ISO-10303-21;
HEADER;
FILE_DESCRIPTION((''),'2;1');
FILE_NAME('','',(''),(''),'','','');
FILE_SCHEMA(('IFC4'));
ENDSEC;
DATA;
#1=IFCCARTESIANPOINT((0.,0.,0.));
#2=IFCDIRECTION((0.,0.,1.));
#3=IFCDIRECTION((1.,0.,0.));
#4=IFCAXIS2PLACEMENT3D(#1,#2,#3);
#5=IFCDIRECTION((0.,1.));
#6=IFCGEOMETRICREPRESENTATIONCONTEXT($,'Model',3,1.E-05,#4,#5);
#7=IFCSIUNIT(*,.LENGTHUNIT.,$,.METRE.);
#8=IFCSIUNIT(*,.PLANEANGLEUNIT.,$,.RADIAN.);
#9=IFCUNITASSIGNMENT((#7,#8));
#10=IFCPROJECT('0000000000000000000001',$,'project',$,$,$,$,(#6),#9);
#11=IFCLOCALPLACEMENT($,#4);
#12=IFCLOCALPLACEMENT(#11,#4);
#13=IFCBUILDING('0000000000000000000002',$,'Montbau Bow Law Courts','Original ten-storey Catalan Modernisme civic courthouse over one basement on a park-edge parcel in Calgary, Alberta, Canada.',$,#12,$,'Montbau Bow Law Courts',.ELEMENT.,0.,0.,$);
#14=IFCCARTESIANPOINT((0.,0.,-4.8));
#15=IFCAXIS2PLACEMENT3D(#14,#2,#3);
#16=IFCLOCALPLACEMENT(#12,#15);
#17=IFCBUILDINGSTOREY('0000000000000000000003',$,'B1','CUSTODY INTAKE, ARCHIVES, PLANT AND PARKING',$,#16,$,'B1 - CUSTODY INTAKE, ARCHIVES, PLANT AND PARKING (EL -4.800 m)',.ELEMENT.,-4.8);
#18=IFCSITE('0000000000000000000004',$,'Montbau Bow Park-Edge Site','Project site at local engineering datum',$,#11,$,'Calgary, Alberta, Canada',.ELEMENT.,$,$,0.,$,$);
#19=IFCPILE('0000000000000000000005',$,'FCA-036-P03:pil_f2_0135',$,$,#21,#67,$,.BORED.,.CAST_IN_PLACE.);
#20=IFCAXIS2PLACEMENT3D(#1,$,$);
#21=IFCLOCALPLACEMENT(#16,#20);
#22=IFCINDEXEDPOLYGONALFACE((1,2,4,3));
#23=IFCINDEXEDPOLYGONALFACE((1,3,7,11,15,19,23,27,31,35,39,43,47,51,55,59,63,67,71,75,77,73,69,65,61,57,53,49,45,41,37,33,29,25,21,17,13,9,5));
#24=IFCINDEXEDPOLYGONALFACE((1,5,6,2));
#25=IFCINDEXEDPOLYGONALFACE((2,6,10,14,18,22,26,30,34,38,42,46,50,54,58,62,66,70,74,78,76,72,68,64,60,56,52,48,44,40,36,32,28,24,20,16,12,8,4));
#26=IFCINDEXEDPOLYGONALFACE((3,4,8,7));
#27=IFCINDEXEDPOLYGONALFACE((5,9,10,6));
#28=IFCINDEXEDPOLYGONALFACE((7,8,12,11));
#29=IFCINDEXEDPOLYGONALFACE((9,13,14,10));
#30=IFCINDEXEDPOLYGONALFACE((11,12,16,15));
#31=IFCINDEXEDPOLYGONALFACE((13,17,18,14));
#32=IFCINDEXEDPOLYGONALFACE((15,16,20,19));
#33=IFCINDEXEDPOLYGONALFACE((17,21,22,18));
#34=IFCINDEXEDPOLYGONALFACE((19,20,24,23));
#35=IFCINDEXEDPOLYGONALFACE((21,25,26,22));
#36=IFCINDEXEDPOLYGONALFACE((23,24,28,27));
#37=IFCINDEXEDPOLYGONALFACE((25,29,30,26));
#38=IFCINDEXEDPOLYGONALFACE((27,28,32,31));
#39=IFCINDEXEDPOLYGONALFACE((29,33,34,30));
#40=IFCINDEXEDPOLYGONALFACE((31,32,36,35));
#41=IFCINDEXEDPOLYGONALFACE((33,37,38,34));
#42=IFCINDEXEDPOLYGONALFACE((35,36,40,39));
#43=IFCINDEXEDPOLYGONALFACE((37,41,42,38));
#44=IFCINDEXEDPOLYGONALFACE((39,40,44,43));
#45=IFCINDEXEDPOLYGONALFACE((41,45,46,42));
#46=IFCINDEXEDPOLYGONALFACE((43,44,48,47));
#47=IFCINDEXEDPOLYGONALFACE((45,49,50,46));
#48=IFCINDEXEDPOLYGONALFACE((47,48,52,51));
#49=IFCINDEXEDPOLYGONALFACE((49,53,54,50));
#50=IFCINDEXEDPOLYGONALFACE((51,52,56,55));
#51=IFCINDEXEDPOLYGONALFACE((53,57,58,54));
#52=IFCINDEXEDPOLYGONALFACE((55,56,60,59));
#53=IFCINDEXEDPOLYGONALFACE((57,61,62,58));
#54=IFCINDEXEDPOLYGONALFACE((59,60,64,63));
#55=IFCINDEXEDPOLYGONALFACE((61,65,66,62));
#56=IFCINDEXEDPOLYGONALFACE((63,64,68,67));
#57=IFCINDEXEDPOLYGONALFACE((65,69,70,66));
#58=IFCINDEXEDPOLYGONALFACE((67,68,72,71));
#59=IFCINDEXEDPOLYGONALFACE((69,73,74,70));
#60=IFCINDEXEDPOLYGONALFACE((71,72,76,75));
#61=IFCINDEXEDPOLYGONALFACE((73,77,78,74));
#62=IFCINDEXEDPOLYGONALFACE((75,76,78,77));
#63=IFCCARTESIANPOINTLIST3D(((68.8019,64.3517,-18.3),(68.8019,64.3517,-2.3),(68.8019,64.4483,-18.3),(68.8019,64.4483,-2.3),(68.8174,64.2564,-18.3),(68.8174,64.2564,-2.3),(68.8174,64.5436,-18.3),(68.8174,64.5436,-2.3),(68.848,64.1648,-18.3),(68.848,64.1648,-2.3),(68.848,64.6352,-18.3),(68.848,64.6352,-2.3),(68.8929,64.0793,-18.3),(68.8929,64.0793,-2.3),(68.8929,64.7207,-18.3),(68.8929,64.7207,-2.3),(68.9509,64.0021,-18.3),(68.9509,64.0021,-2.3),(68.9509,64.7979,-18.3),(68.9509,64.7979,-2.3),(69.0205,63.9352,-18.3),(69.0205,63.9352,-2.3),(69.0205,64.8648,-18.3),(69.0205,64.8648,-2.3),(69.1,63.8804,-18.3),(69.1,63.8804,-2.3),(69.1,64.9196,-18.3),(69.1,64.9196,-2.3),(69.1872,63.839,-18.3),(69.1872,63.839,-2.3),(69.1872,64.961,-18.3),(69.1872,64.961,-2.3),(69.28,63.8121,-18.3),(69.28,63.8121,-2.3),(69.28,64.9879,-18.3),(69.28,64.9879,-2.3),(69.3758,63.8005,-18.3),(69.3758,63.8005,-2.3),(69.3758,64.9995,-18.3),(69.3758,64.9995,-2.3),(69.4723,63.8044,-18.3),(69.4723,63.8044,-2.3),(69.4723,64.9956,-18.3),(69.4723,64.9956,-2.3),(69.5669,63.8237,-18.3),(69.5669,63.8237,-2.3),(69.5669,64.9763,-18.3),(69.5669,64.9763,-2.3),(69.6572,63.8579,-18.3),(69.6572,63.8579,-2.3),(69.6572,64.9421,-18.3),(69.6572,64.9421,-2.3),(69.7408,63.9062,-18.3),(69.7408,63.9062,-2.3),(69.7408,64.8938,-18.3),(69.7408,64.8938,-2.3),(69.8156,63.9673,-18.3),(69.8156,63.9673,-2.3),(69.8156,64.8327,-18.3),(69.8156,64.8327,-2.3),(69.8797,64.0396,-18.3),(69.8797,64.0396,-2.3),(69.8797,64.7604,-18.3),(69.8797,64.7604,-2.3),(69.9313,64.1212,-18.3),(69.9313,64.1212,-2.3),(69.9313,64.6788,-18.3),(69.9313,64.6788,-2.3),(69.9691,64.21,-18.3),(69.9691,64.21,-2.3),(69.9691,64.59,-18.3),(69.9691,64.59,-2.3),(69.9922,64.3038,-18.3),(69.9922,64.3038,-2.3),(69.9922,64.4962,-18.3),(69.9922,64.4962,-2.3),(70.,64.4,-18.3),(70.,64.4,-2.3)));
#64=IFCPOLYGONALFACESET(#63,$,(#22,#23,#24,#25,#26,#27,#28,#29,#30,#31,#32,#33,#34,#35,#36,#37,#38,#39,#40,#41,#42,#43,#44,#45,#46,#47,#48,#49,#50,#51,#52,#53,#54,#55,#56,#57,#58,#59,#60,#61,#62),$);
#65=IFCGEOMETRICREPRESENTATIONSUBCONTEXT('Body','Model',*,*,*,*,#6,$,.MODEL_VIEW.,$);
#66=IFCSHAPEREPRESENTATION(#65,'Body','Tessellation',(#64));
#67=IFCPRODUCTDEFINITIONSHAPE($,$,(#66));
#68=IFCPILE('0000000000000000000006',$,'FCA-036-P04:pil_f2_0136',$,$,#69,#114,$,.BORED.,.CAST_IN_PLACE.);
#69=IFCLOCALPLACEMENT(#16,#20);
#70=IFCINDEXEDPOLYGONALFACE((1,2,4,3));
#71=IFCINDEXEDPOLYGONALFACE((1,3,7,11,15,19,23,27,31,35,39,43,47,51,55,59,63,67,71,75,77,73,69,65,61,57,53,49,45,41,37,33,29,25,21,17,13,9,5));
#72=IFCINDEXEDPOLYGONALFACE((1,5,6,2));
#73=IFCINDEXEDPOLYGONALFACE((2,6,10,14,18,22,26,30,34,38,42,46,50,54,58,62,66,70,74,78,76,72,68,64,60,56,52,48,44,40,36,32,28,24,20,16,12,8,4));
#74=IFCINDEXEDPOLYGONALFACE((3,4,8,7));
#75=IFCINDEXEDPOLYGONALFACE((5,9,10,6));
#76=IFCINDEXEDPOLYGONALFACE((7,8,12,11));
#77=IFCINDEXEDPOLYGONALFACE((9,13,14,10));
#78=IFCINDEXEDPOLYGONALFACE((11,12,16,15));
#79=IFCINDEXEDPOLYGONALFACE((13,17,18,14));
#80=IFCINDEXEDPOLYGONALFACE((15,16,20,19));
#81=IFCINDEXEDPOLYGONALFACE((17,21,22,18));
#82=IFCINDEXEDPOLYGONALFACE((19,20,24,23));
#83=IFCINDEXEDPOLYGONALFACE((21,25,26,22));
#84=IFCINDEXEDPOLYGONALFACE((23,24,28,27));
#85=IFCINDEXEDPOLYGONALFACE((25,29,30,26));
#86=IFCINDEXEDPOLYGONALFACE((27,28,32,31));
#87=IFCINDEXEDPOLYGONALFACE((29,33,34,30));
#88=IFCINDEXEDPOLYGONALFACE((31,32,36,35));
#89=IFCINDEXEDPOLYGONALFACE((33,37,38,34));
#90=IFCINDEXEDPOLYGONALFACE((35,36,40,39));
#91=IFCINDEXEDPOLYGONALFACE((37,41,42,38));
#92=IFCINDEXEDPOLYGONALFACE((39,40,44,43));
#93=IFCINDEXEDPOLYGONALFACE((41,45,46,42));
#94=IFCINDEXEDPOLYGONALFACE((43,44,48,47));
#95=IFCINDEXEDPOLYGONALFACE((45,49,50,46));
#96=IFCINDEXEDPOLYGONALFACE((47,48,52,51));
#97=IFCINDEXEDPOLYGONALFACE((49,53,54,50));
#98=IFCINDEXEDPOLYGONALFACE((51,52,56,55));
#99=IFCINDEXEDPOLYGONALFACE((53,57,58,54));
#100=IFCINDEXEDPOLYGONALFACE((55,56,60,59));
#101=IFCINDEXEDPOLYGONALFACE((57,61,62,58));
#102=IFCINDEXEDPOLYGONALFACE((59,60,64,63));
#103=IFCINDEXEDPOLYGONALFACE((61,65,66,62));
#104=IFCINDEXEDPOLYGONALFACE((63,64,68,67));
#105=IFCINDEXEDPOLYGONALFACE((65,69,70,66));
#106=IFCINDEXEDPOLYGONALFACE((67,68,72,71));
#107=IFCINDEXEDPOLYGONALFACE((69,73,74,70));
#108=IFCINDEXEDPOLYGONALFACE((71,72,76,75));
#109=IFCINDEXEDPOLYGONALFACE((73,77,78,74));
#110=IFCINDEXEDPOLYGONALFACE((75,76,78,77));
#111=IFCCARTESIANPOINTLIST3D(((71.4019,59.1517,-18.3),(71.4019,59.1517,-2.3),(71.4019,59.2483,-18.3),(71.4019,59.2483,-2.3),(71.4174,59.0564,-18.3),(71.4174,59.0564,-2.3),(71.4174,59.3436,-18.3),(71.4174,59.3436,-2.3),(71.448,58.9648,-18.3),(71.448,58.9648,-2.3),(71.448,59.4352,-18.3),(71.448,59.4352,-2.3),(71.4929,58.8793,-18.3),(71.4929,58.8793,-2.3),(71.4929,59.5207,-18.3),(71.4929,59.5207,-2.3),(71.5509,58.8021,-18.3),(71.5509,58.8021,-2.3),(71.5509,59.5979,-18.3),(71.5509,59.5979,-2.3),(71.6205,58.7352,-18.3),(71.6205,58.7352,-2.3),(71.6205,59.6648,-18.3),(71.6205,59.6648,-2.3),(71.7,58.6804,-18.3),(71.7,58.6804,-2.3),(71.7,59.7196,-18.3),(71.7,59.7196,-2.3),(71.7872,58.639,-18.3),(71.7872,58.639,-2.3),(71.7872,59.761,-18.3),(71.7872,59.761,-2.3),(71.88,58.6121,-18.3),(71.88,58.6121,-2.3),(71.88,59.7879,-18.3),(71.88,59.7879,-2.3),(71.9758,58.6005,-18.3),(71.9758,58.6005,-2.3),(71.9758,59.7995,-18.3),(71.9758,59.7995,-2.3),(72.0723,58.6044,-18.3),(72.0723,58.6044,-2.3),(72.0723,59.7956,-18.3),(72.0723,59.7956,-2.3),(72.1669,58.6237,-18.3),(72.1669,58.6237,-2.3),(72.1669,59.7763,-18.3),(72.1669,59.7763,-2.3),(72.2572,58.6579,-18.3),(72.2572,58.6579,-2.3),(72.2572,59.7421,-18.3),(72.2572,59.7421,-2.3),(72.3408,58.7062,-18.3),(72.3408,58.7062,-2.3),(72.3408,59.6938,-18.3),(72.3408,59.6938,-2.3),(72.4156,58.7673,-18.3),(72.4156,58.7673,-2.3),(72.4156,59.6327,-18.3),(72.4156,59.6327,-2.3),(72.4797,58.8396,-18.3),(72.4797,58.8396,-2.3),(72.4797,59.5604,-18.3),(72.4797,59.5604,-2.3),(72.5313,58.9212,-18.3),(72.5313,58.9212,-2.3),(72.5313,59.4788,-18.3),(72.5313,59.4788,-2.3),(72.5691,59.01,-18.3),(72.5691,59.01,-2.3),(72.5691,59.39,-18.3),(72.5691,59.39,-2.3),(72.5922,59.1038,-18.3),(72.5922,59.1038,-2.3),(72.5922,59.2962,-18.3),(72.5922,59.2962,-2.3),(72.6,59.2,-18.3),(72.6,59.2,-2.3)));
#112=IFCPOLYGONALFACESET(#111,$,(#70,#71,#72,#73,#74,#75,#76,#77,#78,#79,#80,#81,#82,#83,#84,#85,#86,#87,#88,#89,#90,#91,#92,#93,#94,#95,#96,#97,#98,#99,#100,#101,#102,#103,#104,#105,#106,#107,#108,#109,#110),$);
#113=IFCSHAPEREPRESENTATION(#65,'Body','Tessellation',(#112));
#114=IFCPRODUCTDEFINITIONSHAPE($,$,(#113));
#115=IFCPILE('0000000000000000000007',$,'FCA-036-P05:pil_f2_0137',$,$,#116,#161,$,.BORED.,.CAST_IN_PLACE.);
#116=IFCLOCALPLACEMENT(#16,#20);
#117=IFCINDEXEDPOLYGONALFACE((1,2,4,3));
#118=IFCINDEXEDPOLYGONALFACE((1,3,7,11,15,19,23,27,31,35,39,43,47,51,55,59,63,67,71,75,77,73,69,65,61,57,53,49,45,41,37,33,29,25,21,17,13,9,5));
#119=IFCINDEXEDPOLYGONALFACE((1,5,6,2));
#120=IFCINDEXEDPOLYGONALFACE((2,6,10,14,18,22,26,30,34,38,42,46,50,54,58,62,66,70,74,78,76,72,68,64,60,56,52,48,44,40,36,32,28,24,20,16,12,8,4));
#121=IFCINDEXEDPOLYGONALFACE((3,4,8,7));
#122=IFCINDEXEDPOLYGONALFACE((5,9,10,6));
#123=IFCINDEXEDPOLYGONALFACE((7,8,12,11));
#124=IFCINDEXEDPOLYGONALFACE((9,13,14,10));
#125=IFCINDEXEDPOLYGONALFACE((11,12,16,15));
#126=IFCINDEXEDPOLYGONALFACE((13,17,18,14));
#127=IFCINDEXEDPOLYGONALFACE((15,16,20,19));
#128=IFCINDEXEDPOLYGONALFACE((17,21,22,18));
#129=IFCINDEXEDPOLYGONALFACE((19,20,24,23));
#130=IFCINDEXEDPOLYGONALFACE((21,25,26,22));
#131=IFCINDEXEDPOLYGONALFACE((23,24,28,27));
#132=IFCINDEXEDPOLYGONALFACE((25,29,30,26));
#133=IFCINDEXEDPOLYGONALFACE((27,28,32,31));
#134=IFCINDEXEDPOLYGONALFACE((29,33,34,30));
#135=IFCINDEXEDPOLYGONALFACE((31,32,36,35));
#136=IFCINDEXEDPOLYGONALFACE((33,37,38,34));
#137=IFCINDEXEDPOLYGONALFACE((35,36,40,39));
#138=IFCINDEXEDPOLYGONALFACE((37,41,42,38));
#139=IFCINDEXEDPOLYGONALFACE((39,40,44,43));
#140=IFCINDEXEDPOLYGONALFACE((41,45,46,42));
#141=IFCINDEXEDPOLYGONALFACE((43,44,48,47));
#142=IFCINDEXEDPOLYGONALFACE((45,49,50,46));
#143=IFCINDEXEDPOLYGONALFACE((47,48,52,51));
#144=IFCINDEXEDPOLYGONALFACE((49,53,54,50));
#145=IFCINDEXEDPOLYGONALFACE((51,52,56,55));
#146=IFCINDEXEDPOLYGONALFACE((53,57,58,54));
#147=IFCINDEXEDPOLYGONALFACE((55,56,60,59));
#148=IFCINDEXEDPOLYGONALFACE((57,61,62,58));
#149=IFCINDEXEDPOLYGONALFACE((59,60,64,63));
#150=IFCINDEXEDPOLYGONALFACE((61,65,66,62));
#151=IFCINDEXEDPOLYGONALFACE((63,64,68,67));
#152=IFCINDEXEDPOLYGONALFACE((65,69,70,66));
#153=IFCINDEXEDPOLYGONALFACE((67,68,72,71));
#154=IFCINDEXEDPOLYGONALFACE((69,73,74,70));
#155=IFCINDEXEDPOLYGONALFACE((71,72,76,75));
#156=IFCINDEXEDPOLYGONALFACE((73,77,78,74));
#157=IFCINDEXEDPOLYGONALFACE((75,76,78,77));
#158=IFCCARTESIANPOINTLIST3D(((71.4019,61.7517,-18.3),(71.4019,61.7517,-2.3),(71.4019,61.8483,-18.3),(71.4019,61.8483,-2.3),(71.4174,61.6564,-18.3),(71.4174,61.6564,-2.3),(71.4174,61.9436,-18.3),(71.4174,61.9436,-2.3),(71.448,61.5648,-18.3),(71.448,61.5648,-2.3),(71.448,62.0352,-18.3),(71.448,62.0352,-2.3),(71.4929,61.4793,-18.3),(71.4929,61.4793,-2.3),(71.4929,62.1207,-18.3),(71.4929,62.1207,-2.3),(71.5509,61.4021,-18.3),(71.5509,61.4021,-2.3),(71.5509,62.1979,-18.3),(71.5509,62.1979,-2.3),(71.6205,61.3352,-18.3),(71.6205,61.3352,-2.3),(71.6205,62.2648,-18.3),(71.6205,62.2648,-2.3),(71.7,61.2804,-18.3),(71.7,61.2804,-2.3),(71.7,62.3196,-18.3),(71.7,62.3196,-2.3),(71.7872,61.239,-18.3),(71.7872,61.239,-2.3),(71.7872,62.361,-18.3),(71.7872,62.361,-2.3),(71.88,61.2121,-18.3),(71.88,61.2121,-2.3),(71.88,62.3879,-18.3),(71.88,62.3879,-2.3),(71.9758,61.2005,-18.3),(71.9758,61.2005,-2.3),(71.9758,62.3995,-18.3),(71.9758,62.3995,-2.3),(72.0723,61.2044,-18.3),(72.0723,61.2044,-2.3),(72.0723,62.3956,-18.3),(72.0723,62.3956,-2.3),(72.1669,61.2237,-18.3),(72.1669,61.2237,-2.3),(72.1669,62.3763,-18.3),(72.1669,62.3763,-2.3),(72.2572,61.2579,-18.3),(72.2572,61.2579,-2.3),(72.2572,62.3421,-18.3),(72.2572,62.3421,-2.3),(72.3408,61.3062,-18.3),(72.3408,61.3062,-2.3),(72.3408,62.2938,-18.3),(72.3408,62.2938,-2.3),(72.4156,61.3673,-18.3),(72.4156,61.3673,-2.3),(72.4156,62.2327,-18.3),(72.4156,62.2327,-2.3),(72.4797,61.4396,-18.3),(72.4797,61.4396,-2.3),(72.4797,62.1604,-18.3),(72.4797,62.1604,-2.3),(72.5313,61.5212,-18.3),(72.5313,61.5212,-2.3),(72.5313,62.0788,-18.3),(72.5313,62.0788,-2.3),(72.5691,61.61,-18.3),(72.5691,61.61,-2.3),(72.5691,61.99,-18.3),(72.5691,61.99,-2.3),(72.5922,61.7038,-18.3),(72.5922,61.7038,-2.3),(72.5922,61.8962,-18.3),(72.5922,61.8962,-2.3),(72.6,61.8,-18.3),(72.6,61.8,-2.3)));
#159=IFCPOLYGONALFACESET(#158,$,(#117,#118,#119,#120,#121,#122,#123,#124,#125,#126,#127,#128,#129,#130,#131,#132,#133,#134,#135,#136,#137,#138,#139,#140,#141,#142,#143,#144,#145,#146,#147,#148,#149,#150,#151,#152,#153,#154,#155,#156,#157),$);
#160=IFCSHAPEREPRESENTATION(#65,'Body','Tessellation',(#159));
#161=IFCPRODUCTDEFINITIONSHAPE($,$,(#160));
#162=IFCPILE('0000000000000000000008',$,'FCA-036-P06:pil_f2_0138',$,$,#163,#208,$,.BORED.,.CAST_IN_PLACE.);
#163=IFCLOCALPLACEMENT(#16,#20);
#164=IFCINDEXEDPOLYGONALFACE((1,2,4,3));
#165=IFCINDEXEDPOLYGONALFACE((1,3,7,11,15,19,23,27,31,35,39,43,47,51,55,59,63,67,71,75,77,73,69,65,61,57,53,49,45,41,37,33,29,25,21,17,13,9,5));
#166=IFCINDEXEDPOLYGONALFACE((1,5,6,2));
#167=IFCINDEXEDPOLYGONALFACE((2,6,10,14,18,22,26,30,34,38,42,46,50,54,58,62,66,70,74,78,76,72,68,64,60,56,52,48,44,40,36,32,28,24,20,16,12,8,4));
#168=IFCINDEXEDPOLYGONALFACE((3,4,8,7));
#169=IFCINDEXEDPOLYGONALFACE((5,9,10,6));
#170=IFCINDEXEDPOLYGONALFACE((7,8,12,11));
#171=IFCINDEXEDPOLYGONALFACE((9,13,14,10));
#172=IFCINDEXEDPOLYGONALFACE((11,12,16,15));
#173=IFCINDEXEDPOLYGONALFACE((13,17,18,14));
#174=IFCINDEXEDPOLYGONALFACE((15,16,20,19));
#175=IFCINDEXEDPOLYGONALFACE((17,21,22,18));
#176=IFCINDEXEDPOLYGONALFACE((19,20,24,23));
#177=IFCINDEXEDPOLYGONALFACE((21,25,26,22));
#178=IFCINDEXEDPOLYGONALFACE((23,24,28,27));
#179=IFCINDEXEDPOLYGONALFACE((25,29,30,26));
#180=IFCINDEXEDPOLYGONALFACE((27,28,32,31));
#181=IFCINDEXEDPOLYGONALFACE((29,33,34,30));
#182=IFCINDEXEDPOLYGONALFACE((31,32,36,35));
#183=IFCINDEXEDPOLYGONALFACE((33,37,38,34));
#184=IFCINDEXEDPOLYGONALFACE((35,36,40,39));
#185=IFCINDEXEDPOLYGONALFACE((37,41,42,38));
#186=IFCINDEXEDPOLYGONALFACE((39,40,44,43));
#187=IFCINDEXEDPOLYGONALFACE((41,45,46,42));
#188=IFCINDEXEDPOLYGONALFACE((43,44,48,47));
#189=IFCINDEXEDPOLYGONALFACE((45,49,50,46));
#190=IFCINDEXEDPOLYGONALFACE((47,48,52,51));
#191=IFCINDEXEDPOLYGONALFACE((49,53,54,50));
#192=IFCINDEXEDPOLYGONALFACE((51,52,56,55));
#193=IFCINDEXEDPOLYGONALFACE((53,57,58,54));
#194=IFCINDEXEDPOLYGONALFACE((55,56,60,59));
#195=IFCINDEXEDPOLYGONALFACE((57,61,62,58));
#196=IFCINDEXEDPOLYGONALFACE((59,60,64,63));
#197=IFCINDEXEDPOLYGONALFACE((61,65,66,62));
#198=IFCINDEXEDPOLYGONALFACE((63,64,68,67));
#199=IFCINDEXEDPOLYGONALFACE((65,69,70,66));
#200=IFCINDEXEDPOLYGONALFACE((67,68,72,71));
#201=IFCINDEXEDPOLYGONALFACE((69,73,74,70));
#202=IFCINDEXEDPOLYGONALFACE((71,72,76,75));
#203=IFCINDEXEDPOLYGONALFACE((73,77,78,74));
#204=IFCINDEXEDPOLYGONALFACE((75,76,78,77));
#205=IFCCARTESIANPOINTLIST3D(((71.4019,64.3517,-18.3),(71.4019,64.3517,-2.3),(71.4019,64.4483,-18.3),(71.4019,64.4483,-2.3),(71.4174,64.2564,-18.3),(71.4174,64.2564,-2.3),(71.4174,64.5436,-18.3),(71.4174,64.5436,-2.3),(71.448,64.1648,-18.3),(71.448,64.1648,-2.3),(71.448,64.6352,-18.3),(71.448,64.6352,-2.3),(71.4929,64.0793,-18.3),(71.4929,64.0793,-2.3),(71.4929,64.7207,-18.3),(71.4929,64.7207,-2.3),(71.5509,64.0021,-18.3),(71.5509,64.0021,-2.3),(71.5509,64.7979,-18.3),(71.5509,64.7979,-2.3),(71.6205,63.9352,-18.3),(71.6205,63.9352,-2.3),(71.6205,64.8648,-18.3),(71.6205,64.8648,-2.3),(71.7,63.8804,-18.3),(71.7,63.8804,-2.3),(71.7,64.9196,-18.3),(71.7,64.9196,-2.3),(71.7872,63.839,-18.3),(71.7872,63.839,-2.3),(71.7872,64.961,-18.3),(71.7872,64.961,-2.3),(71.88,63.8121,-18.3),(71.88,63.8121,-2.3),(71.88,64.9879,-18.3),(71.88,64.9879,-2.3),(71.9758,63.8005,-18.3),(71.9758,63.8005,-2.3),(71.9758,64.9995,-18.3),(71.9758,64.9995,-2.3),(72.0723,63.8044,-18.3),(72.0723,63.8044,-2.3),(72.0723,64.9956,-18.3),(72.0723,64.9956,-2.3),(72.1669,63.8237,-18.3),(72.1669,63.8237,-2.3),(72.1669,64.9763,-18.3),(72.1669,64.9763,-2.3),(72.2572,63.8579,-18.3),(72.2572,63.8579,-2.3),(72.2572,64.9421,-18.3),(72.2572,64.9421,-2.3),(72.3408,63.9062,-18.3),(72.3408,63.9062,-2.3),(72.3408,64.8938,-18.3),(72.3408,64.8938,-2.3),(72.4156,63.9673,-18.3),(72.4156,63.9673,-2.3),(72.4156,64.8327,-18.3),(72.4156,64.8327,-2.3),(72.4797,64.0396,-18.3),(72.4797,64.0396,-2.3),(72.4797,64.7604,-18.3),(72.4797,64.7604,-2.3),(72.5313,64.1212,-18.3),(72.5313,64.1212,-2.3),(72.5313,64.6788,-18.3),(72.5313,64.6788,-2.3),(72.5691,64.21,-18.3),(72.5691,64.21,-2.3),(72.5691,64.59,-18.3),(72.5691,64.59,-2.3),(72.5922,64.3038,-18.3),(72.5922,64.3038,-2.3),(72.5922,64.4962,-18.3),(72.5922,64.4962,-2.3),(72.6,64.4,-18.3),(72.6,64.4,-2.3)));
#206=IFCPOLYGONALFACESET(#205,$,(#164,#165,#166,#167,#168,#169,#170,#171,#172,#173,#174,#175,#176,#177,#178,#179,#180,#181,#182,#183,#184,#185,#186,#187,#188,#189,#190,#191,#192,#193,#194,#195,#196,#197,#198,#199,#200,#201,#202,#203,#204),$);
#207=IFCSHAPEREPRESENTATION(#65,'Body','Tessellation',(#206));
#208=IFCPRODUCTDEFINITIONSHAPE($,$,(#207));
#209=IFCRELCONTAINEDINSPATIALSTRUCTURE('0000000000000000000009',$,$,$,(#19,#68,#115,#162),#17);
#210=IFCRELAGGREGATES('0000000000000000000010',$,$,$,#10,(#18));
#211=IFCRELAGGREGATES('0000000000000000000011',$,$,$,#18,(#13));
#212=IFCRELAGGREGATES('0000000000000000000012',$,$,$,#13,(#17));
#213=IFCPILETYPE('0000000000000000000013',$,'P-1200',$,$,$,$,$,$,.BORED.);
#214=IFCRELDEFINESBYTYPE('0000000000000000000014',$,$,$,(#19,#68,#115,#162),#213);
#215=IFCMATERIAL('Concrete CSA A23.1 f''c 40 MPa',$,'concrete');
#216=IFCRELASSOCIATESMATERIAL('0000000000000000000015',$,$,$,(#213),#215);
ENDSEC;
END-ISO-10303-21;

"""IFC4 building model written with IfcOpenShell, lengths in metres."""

from ifc_helpers import new_model, si_unit, direction, frame, origin_with_axes, origin_2d_with_axis, place, context, subcontext, project, spatial, circle, extrude, material, material_profile, profile_set, type_object, element, save


model = new_model("IFC4")

# Units and contexts
model_context = context("Model", 3, precision=1e-05, world=origin_with_axes(), true_north=direction((0.0, 1.0)))
body_context = subcontext(model_context, "Body", "Model", "MODEL_VIEW")
ifc_project = project(units=[si_unit("LENGTHUNIT", "METRE"), si_unit("PLANEANGLEUNIT", "RADIAN")], contexts=[model_context])

# Site, building, storey
site_placement = place(None, origin_with_axes())
site = spatial("IfcSite", under=ifc_project, at=site_placement, Name="Montbau Bow Park-Edge Site", Description="Project site at local engineering datum", LongName="Calgary, Alberta, Canada", CompositionType="ELEMENT", RefElevation=0.0)
building_placement = place(site_placement, origin_with_axes())
building = spatial("IfcBuilding", under=site, at=building_placement, Name="Montbau Bow Law Courts", Description="Original ten-storey Catalan Modernisme civic courthouse over one basement on a park-edge parcel in Calgary, Alberta, Canada.", LongName="Montbau Bow Law Courts", CompositionType="ELEMENT", ElevationOfRefHeight=0.0, ElevationOfTerrain=0.0)
storey_placement = place(building_placement, frame((0.0, 0.0, -4.8), z_axis=(0.0, 0.0, 1.0), x_axis=(1.0, 0.0, 0.0)))
storey = spatial("IfcBuildingStorey", under=building, at=storey_placement, Name="B1", Description="CUSTODY INTAKE, ARCHIVES, PLANT AND PARKING", LongName="B1 - CUSTODY INTAKE, ARCHIVES, PLANT AND PARKING (EL -4.800 m)", CompositionType="ELEMENT", Elevation=-4.8)

# Piles
ifc_material_1 = material(Name="Concrete CSA A23.1 f'c 40 MPa", Category="concrete")
ifc_material_profile_1 = material_profile(ifc_material_1, circle(Radius=0.6, at=origin_2d_with_axis()), Name="BP1200", Category="Main", Priority=0)
ifc_profile_set_1 = profile_set([ifc_material_profile_1], Name="Concrete CSA A23.1 f'c 40 MPa")
pile_type_1 = type_object("IfcPileType", Name="P-1200", PredefinedType="BORED", material=ifc_profile_set_1)
for number, where, z_axis, x_axis, name in (
    (1, (69.4, 64.4, -23.1), (0.0, 0.0, 1.0), (1.0, 0.0, 0.0), "FCA-036-P03:pil_f2_0135"),
    (2, (72.0, 59.2, -23.1), (0.0, 0.0, 1.0), (1.0, 0.0, 0.0), "FCA-036-P04:pil_f2_0136"),
    (3, (72.0, 61.8, -23.1), (0.0, 0.0, 1.0), (1.0, 0.0, 0.0), "FCA-036-P05:pil_f2_0137"),
    (4, (72.0, 64.4, -23.1), (0.0, 0.0, 1.0), (1.0, 0.0, 0.0), "FCA-036-P06:pil_f2_0138"),
):
    element("IfcPile", number, at=place(None, frame(where, z_axis=z_axis, x_axis=x_axis)), inside=storey, type_object=pile_type_1, Name=name, ConstructionType="CAST_IN_PLACE", PredefinedType="BORED", context=body_context, shape_type="SweptSolid", body=[
        extrude(circle(Radius=0.6, at=origin_2d_with_axis()), origin_with_axes(), (0.0, 0.0, 1.0), 16.0),
    ])

save(model, "model.ifc")
